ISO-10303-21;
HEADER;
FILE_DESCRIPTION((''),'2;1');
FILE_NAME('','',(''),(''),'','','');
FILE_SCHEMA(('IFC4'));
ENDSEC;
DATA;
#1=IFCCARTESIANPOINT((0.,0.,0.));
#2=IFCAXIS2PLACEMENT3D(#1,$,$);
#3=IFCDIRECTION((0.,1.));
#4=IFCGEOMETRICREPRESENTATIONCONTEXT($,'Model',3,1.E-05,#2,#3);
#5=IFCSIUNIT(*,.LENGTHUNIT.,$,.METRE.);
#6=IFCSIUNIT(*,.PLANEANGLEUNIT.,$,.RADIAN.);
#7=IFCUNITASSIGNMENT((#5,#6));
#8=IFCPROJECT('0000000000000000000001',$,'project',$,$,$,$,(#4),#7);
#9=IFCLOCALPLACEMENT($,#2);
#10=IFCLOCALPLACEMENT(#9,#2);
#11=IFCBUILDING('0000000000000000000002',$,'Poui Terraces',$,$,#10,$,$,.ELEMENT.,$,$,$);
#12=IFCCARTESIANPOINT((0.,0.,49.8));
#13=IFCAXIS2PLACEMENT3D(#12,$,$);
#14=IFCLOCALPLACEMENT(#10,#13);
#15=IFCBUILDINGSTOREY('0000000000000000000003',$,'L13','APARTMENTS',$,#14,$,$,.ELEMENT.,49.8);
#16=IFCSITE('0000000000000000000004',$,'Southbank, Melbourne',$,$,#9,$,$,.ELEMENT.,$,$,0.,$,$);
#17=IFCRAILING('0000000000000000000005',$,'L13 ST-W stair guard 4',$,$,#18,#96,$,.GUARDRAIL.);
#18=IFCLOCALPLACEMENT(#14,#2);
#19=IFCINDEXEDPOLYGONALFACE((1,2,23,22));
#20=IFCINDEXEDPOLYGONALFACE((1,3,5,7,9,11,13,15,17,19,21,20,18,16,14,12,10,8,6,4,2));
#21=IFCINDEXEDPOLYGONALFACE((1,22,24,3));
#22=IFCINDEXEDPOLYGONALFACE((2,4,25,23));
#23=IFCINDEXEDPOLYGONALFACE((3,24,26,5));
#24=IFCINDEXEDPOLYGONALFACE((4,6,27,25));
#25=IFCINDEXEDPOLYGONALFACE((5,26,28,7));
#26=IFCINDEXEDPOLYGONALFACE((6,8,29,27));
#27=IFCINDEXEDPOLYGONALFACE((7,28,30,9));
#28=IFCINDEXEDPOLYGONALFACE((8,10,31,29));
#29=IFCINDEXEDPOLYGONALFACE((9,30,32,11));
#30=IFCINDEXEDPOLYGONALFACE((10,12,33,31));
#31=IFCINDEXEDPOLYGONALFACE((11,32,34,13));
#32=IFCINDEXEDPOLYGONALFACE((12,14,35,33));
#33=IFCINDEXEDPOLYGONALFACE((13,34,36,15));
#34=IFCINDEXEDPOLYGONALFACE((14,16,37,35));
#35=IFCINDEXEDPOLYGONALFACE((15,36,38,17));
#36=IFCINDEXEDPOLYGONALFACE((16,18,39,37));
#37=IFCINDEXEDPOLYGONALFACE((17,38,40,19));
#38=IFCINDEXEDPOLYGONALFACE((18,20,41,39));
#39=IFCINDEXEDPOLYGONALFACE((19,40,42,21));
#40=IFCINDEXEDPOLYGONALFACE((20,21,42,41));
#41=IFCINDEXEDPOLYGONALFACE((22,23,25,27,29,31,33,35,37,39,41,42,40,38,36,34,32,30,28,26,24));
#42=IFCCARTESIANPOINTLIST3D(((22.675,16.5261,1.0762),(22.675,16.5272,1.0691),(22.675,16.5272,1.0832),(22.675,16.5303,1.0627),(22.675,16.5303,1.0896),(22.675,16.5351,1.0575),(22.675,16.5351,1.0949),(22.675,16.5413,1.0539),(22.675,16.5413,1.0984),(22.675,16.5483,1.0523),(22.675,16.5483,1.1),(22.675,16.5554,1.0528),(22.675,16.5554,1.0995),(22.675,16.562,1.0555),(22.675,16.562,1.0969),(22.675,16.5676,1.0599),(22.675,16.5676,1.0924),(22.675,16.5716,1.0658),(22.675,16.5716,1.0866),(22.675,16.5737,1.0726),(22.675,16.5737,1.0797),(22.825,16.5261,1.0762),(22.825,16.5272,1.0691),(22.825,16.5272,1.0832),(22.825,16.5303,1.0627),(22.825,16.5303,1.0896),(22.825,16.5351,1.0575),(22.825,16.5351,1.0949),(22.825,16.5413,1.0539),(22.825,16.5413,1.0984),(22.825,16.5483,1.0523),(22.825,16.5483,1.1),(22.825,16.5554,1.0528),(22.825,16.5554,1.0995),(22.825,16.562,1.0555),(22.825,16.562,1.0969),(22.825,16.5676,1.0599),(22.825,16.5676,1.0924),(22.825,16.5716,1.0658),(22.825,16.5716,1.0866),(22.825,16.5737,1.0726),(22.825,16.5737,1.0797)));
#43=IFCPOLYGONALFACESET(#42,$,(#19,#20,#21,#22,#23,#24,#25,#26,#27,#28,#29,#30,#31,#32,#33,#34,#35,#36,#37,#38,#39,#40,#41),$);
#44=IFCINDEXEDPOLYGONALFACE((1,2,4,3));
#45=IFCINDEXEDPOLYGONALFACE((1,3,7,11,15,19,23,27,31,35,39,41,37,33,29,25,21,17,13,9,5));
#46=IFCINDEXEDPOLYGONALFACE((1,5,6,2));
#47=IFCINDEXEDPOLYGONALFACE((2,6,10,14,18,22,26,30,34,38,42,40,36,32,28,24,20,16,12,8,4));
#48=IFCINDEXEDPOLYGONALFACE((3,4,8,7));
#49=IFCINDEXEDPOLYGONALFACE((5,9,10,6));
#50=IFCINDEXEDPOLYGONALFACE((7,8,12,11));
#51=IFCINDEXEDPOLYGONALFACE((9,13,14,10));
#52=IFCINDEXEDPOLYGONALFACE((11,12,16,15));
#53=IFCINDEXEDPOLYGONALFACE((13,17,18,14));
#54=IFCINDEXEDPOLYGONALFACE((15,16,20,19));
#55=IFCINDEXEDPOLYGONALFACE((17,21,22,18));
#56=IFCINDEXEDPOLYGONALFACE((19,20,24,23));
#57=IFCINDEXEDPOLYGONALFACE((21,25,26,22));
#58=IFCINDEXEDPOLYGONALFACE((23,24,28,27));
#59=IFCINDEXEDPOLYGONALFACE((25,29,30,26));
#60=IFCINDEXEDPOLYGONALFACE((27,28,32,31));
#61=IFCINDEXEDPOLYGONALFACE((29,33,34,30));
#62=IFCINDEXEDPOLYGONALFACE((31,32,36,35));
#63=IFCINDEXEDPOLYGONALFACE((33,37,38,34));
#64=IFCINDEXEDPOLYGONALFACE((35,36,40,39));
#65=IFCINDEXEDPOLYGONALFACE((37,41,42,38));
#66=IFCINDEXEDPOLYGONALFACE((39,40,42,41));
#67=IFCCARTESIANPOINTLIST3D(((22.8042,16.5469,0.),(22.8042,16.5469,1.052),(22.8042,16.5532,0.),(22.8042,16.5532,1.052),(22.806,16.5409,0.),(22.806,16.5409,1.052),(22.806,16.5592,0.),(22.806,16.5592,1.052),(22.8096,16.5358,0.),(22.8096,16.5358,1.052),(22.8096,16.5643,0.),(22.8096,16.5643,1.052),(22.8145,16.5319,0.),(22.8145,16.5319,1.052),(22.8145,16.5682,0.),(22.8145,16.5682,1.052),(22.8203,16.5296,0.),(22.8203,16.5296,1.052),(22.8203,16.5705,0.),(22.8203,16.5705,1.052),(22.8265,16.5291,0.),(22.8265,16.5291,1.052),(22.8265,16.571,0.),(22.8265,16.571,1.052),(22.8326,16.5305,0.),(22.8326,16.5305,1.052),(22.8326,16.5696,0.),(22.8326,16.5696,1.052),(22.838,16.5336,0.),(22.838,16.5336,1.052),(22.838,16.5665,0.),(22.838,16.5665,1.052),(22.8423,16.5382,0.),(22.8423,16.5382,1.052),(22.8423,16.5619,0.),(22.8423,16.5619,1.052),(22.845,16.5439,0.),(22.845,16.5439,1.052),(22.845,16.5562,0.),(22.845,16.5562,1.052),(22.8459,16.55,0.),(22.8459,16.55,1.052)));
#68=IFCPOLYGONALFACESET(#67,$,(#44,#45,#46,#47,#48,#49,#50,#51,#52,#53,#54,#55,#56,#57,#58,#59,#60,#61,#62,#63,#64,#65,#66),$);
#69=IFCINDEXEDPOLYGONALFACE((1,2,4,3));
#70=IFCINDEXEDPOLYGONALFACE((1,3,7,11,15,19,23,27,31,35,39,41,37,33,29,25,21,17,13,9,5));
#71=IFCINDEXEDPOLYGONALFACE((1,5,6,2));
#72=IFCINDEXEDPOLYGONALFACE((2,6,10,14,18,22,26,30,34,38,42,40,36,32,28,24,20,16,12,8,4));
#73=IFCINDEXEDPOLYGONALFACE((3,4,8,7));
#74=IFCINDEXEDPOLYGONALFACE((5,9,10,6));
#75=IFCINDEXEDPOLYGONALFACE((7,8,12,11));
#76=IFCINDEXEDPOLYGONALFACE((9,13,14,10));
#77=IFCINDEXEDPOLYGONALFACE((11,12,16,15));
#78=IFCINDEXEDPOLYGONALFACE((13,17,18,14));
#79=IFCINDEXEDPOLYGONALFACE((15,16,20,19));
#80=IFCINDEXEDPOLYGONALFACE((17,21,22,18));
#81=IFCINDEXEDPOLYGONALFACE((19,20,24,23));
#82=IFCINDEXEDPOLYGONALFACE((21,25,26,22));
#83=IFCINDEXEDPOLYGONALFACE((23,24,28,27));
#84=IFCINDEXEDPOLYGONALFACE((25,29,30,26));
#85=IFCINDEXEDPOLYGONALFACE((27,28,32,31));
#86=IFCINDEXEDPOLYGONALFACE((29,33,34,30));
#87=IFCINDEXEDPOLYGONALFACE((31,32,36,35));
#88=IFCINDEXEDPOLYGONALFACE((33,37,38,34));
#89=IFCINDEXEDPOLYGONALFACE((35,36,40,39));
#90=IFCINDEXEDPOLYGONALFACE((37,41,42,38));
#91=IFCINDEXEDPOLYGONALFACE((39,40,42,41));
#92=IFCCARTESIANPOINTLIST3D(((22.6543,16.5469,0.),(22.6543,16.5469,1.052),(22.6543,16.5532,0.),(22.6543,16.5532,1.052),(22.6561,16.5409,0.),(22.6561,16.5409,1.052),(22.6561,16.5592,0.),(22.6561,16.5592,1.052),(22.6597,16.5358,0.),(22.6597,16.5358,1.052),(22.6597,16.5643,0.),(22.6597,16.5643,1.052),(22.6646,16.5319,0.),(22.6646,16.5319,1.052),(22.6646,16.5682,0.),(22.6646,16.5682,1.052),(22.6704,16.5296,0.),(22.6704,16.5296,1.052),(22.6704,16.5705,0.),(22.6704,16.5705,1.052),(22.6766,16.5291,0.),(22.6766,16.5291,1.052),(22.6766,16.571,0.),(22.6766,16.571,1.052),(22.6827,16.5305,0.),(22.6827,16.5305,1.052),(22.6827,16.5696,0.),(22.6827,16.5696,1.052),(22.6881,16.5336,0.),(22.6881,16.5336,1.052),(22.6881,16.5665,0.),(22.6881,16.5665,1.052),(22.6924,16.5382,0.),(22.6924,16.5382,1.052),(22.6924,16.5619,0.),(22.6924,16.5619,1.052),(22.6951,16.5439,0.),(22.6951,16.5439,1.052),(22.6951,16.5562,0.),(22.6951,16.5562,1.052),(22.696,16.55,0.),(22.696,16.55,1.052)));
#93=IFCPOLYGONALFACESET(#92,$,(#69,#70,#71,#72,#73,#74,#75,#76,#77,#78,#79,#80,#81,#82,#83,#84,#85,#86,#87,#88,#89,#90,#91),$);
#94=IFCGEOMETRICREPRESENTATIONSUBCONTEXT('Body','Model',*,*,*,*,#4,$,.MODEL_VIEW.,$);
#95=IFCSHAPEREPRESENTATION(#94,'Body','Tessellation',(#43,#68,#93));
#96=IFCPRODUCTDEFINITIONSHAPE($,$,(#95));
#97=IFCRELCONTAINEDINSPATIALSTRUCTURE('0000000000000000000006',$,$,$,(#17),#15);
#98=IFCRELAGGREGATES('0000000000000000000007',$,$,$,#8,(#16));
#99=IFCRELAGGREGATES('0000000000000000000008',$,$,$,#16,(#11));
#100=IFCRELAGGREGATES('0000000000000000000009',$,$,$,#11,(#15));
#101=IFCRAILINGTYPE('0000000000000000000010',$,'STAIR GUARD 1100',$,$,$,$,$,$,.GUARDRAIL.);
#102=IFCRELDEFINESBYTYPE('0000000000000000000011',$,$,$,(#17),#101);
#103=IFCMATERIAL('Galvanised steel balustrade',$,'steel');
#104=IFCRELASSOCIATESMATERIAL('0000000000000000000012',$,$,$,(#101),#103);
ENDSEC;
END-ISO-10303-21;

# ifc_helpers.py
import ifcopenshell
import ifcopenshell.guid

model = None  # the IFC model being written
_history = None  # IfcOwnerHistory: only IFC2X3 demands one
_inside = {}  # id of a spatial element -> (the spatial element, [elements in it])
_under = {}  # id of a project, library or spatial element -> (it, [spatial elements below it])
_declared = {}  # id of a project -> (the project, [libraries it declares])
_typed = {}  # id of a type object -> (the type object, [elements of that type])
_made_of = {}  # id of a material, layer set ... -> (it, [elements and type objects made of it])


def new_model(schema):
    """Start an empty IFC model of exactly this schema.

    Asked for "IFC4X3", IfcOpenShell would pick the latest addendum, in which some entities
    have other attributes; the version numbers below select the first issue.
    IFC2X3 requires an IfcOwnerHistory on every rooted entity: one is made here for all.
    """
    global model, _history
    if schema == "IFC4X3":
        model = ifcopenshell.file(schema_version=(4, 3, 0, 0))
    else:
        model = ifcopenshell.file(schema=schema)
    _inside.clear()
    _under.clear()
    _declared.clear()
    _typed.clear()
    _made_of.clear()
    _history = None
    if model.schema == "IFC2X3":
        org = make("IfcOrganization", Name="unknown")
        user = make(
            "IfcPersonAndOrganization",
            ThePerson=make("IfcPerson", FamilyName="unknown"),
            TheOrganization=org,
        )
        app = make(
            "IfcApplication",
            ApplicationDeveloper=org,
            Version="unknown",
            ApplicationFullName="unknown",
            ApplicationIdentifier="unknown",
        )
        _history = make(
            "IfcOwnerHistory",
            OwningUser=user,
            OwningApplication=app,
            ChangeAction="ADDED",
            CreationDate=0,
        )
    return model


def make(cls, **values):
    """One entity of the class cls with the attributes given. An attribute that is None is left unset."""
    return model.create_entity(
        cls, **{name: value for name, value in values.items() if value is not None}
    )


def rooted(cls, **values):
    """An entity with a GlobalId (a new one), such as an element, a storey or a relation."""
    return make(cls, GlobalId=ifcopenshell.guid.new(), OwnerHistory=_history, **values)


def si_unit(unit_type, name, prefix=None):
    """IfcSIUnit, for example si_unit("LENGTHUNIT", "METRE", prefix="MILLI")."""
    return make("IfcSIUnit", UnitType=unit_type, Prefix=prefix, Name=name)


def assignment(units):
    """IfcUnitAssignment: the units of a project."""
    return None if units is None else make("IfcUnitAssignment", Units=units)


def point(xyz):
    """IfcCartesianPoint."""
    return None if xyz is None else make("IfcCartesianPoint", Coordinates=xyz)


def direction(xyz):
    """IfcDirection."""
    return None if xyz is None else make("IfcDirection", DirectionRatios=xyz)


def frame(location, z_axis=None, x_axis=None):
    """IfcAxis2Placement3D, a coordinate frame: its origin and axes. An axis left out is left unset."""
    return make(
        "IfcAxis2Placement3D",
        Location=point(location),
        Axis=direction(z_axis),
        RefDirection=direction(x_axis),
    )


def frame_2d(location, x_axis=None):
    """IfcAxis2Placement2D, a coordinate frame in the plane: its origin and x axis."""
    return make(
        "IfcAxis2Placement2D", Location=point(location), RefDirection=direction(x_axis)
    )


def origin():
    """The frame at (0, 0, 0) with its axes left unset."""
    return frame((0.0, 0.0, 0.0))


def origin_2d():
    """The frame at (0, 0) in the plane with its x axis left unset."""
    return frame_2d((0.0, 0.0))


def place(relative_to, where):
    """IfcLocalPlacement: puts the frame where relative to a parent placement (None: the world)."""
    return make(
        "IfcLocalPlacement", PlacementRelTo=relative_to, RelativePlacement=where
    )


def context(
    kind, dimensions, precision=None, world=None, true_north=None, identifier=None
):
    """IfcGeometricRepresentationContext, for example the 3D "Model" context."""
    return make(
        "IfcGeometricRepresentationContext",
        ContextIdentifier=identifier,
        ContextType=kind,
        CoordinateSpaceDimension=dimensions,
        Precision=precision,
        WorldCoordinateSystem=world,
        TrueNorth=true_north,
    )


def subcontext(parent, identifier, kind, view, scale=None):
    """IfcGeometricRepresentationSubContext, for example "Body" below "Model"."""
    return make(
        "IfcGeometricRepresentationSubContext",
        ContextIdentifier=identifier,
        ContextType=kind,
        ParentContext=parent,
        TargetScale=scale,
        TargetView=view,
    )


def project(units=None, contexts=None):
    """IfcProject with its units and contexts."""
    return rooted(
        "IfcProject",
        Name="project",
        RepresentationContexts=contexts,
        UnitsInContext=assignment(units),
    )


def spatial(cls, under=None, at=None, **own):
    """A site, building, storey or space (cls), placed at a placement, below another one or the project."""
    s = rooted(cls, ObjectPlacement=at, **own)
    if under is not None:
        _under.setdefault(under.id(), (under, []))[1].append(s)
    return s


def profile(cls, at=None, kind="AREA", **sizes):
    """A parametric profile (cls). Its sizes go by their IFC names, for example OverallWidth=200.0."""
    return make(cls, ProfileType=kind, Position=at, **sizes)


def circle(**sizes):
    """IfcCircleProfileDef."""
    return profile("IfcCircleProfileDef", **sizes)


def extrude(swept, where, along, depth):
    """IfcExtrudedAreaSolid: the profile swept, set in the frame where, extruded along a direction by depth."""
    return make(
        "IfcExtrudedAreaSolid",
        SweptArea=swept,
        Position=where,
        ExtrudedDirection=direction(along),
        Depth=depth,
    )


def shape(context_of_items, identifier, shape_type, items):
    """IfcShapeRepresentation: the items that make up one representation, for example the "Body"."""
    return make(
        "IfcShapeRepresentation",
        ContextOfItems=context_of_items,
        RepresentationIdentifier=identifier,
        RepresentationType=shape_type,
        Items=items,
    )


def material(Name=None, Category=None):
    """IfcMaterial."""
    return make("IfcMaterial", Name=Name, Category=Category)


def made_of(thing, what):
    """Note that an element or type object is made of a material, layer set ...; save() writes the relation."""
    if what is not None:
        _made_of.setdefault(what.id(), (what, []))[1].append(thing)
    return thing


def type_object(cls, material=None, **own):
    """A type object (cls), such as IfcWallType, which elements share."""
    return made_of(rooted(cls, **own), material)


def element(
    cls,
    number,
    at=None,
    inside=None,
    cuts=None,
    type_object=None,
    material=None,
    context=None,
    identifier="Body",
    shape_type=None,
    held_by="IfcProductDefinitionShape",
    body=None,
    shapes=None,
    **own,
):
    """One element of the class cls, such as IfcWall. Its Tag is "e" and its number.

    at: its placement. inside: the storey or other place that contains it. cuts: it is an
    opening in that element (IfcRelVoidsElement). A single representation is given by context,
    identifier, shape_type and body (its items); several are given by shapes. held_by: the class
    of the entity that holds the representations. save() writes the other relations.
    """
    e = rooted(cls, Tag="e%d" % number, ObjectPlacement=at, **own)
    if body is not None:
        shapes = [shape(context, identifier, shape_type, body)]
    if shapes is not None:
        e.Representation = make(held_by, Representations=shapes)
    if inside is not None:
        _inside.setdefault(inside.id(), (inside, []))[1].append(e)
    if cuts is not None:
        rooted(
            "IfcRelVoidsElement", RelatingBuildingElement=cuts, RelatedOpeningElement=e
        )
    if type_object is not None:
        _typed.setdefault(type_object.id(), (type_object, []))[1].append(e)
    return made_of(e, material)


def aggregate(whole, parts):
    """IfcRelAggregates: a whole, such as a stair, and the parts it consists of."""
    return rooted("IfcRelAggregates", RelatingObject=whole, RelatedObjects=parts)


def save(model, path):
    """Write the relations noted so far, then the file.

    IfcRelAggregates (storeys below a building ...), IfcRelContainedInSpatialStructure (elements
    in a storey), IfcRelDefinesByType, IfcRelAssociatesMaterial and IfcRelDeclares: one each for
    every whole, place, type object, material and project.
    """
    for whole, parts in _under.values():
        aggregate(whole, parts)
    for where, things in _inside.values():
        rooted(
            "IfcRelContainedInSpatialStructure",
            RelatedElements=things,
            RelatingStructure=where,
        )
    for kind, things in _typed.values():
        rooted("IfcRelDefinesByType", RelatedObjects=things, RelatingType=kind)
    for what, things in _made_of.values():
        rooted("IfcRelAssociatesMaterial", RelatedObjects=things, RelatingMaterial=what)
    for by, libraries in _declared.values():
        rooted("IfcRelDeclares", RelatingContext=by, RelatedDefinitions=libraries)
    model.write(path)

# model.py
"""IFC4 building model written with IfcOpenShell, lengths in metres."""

from ifc_helpers import new_model, si_unit, direction, frame, origin, origin_2d, place, context, subcontext, project, spatial, circle, extrude, material, type_object, element, save


model = new_model("IFC4")

# Units and contexts
model_context = context("Model", 3, precision=1e-05, world=origin(), true_north=direction((0.0, 1.0)))
body_context = subcontext(model_context, "Body", "Model", "MODEL_VIEW")
ifc_project = project(units=[si_unit("LENGTHUNIT", "METRE"), si_unit("PLANEANGLEUNIT", "RADIAN")], contexts=[model_context])

# Site, building, storey
site_placement = place(None, origin())
site = spatial("IfcSite", under=ifc_project, at=site_placement, Name="Southbank, Melbourne", CompositionType="ELEMENT", RefElevation=0.0)
building_placement = place(site_placement, origin())
building = spatial("IfcBuilding", under=site, at=building_placement, Name="Poui Terraces", CompositionType="ELEMENT")
storey_placement = place(building_placement, frame((0.0, 0.0, 49.8)))
storey = spatial("IfcBuildingStorey", under=building, at=storey_placement, Name="L13", Description="APARTMENTS", CompositionType="ELEMENT", Elevation=49.8)

# Railing
ifc_material_1 = material(Name="Galvanised steel balustrade", Category="steel")
railing_type_1 = type_object("IfcRailingType", Name="STAIR GUARD 1100", PredefinedType="GUARDRAIL", material=ifc_material_1)
railing_1_placement = place(storey_placement, frame((22.825, 16.55, 0.0)))
element("IfcRailing", 1, at=railing_1_placement, inside=storey, type_object=railing_type_1, Name="L13 ST-W stair guard 4", PredefinedType="GUARDRAIL", context=body_context, shape_type="SweptSolid", body=[
    extrude(circle(Radius=0.0239, at=origin_2d()), frame((0.0, 0.0, 1.0762), z_axis=(-1.0, 0.0, 0.0), x_axis=(0.0, -1.0, 0.0)), (0.0, 0.0, 1.0), 0.1499),
    extrude(circle(Radius=0.021, at=origin_2d()), origin(), (0.0, 0.0, 1.0), 1.052),
    extrude(circle(Radius=0.021, at=origin_2d()), frame((-0.1499, 0.0, 0.0)), (0.0, 0.0, 1.0), 1.052),
])

save(model, "model.ifc")
